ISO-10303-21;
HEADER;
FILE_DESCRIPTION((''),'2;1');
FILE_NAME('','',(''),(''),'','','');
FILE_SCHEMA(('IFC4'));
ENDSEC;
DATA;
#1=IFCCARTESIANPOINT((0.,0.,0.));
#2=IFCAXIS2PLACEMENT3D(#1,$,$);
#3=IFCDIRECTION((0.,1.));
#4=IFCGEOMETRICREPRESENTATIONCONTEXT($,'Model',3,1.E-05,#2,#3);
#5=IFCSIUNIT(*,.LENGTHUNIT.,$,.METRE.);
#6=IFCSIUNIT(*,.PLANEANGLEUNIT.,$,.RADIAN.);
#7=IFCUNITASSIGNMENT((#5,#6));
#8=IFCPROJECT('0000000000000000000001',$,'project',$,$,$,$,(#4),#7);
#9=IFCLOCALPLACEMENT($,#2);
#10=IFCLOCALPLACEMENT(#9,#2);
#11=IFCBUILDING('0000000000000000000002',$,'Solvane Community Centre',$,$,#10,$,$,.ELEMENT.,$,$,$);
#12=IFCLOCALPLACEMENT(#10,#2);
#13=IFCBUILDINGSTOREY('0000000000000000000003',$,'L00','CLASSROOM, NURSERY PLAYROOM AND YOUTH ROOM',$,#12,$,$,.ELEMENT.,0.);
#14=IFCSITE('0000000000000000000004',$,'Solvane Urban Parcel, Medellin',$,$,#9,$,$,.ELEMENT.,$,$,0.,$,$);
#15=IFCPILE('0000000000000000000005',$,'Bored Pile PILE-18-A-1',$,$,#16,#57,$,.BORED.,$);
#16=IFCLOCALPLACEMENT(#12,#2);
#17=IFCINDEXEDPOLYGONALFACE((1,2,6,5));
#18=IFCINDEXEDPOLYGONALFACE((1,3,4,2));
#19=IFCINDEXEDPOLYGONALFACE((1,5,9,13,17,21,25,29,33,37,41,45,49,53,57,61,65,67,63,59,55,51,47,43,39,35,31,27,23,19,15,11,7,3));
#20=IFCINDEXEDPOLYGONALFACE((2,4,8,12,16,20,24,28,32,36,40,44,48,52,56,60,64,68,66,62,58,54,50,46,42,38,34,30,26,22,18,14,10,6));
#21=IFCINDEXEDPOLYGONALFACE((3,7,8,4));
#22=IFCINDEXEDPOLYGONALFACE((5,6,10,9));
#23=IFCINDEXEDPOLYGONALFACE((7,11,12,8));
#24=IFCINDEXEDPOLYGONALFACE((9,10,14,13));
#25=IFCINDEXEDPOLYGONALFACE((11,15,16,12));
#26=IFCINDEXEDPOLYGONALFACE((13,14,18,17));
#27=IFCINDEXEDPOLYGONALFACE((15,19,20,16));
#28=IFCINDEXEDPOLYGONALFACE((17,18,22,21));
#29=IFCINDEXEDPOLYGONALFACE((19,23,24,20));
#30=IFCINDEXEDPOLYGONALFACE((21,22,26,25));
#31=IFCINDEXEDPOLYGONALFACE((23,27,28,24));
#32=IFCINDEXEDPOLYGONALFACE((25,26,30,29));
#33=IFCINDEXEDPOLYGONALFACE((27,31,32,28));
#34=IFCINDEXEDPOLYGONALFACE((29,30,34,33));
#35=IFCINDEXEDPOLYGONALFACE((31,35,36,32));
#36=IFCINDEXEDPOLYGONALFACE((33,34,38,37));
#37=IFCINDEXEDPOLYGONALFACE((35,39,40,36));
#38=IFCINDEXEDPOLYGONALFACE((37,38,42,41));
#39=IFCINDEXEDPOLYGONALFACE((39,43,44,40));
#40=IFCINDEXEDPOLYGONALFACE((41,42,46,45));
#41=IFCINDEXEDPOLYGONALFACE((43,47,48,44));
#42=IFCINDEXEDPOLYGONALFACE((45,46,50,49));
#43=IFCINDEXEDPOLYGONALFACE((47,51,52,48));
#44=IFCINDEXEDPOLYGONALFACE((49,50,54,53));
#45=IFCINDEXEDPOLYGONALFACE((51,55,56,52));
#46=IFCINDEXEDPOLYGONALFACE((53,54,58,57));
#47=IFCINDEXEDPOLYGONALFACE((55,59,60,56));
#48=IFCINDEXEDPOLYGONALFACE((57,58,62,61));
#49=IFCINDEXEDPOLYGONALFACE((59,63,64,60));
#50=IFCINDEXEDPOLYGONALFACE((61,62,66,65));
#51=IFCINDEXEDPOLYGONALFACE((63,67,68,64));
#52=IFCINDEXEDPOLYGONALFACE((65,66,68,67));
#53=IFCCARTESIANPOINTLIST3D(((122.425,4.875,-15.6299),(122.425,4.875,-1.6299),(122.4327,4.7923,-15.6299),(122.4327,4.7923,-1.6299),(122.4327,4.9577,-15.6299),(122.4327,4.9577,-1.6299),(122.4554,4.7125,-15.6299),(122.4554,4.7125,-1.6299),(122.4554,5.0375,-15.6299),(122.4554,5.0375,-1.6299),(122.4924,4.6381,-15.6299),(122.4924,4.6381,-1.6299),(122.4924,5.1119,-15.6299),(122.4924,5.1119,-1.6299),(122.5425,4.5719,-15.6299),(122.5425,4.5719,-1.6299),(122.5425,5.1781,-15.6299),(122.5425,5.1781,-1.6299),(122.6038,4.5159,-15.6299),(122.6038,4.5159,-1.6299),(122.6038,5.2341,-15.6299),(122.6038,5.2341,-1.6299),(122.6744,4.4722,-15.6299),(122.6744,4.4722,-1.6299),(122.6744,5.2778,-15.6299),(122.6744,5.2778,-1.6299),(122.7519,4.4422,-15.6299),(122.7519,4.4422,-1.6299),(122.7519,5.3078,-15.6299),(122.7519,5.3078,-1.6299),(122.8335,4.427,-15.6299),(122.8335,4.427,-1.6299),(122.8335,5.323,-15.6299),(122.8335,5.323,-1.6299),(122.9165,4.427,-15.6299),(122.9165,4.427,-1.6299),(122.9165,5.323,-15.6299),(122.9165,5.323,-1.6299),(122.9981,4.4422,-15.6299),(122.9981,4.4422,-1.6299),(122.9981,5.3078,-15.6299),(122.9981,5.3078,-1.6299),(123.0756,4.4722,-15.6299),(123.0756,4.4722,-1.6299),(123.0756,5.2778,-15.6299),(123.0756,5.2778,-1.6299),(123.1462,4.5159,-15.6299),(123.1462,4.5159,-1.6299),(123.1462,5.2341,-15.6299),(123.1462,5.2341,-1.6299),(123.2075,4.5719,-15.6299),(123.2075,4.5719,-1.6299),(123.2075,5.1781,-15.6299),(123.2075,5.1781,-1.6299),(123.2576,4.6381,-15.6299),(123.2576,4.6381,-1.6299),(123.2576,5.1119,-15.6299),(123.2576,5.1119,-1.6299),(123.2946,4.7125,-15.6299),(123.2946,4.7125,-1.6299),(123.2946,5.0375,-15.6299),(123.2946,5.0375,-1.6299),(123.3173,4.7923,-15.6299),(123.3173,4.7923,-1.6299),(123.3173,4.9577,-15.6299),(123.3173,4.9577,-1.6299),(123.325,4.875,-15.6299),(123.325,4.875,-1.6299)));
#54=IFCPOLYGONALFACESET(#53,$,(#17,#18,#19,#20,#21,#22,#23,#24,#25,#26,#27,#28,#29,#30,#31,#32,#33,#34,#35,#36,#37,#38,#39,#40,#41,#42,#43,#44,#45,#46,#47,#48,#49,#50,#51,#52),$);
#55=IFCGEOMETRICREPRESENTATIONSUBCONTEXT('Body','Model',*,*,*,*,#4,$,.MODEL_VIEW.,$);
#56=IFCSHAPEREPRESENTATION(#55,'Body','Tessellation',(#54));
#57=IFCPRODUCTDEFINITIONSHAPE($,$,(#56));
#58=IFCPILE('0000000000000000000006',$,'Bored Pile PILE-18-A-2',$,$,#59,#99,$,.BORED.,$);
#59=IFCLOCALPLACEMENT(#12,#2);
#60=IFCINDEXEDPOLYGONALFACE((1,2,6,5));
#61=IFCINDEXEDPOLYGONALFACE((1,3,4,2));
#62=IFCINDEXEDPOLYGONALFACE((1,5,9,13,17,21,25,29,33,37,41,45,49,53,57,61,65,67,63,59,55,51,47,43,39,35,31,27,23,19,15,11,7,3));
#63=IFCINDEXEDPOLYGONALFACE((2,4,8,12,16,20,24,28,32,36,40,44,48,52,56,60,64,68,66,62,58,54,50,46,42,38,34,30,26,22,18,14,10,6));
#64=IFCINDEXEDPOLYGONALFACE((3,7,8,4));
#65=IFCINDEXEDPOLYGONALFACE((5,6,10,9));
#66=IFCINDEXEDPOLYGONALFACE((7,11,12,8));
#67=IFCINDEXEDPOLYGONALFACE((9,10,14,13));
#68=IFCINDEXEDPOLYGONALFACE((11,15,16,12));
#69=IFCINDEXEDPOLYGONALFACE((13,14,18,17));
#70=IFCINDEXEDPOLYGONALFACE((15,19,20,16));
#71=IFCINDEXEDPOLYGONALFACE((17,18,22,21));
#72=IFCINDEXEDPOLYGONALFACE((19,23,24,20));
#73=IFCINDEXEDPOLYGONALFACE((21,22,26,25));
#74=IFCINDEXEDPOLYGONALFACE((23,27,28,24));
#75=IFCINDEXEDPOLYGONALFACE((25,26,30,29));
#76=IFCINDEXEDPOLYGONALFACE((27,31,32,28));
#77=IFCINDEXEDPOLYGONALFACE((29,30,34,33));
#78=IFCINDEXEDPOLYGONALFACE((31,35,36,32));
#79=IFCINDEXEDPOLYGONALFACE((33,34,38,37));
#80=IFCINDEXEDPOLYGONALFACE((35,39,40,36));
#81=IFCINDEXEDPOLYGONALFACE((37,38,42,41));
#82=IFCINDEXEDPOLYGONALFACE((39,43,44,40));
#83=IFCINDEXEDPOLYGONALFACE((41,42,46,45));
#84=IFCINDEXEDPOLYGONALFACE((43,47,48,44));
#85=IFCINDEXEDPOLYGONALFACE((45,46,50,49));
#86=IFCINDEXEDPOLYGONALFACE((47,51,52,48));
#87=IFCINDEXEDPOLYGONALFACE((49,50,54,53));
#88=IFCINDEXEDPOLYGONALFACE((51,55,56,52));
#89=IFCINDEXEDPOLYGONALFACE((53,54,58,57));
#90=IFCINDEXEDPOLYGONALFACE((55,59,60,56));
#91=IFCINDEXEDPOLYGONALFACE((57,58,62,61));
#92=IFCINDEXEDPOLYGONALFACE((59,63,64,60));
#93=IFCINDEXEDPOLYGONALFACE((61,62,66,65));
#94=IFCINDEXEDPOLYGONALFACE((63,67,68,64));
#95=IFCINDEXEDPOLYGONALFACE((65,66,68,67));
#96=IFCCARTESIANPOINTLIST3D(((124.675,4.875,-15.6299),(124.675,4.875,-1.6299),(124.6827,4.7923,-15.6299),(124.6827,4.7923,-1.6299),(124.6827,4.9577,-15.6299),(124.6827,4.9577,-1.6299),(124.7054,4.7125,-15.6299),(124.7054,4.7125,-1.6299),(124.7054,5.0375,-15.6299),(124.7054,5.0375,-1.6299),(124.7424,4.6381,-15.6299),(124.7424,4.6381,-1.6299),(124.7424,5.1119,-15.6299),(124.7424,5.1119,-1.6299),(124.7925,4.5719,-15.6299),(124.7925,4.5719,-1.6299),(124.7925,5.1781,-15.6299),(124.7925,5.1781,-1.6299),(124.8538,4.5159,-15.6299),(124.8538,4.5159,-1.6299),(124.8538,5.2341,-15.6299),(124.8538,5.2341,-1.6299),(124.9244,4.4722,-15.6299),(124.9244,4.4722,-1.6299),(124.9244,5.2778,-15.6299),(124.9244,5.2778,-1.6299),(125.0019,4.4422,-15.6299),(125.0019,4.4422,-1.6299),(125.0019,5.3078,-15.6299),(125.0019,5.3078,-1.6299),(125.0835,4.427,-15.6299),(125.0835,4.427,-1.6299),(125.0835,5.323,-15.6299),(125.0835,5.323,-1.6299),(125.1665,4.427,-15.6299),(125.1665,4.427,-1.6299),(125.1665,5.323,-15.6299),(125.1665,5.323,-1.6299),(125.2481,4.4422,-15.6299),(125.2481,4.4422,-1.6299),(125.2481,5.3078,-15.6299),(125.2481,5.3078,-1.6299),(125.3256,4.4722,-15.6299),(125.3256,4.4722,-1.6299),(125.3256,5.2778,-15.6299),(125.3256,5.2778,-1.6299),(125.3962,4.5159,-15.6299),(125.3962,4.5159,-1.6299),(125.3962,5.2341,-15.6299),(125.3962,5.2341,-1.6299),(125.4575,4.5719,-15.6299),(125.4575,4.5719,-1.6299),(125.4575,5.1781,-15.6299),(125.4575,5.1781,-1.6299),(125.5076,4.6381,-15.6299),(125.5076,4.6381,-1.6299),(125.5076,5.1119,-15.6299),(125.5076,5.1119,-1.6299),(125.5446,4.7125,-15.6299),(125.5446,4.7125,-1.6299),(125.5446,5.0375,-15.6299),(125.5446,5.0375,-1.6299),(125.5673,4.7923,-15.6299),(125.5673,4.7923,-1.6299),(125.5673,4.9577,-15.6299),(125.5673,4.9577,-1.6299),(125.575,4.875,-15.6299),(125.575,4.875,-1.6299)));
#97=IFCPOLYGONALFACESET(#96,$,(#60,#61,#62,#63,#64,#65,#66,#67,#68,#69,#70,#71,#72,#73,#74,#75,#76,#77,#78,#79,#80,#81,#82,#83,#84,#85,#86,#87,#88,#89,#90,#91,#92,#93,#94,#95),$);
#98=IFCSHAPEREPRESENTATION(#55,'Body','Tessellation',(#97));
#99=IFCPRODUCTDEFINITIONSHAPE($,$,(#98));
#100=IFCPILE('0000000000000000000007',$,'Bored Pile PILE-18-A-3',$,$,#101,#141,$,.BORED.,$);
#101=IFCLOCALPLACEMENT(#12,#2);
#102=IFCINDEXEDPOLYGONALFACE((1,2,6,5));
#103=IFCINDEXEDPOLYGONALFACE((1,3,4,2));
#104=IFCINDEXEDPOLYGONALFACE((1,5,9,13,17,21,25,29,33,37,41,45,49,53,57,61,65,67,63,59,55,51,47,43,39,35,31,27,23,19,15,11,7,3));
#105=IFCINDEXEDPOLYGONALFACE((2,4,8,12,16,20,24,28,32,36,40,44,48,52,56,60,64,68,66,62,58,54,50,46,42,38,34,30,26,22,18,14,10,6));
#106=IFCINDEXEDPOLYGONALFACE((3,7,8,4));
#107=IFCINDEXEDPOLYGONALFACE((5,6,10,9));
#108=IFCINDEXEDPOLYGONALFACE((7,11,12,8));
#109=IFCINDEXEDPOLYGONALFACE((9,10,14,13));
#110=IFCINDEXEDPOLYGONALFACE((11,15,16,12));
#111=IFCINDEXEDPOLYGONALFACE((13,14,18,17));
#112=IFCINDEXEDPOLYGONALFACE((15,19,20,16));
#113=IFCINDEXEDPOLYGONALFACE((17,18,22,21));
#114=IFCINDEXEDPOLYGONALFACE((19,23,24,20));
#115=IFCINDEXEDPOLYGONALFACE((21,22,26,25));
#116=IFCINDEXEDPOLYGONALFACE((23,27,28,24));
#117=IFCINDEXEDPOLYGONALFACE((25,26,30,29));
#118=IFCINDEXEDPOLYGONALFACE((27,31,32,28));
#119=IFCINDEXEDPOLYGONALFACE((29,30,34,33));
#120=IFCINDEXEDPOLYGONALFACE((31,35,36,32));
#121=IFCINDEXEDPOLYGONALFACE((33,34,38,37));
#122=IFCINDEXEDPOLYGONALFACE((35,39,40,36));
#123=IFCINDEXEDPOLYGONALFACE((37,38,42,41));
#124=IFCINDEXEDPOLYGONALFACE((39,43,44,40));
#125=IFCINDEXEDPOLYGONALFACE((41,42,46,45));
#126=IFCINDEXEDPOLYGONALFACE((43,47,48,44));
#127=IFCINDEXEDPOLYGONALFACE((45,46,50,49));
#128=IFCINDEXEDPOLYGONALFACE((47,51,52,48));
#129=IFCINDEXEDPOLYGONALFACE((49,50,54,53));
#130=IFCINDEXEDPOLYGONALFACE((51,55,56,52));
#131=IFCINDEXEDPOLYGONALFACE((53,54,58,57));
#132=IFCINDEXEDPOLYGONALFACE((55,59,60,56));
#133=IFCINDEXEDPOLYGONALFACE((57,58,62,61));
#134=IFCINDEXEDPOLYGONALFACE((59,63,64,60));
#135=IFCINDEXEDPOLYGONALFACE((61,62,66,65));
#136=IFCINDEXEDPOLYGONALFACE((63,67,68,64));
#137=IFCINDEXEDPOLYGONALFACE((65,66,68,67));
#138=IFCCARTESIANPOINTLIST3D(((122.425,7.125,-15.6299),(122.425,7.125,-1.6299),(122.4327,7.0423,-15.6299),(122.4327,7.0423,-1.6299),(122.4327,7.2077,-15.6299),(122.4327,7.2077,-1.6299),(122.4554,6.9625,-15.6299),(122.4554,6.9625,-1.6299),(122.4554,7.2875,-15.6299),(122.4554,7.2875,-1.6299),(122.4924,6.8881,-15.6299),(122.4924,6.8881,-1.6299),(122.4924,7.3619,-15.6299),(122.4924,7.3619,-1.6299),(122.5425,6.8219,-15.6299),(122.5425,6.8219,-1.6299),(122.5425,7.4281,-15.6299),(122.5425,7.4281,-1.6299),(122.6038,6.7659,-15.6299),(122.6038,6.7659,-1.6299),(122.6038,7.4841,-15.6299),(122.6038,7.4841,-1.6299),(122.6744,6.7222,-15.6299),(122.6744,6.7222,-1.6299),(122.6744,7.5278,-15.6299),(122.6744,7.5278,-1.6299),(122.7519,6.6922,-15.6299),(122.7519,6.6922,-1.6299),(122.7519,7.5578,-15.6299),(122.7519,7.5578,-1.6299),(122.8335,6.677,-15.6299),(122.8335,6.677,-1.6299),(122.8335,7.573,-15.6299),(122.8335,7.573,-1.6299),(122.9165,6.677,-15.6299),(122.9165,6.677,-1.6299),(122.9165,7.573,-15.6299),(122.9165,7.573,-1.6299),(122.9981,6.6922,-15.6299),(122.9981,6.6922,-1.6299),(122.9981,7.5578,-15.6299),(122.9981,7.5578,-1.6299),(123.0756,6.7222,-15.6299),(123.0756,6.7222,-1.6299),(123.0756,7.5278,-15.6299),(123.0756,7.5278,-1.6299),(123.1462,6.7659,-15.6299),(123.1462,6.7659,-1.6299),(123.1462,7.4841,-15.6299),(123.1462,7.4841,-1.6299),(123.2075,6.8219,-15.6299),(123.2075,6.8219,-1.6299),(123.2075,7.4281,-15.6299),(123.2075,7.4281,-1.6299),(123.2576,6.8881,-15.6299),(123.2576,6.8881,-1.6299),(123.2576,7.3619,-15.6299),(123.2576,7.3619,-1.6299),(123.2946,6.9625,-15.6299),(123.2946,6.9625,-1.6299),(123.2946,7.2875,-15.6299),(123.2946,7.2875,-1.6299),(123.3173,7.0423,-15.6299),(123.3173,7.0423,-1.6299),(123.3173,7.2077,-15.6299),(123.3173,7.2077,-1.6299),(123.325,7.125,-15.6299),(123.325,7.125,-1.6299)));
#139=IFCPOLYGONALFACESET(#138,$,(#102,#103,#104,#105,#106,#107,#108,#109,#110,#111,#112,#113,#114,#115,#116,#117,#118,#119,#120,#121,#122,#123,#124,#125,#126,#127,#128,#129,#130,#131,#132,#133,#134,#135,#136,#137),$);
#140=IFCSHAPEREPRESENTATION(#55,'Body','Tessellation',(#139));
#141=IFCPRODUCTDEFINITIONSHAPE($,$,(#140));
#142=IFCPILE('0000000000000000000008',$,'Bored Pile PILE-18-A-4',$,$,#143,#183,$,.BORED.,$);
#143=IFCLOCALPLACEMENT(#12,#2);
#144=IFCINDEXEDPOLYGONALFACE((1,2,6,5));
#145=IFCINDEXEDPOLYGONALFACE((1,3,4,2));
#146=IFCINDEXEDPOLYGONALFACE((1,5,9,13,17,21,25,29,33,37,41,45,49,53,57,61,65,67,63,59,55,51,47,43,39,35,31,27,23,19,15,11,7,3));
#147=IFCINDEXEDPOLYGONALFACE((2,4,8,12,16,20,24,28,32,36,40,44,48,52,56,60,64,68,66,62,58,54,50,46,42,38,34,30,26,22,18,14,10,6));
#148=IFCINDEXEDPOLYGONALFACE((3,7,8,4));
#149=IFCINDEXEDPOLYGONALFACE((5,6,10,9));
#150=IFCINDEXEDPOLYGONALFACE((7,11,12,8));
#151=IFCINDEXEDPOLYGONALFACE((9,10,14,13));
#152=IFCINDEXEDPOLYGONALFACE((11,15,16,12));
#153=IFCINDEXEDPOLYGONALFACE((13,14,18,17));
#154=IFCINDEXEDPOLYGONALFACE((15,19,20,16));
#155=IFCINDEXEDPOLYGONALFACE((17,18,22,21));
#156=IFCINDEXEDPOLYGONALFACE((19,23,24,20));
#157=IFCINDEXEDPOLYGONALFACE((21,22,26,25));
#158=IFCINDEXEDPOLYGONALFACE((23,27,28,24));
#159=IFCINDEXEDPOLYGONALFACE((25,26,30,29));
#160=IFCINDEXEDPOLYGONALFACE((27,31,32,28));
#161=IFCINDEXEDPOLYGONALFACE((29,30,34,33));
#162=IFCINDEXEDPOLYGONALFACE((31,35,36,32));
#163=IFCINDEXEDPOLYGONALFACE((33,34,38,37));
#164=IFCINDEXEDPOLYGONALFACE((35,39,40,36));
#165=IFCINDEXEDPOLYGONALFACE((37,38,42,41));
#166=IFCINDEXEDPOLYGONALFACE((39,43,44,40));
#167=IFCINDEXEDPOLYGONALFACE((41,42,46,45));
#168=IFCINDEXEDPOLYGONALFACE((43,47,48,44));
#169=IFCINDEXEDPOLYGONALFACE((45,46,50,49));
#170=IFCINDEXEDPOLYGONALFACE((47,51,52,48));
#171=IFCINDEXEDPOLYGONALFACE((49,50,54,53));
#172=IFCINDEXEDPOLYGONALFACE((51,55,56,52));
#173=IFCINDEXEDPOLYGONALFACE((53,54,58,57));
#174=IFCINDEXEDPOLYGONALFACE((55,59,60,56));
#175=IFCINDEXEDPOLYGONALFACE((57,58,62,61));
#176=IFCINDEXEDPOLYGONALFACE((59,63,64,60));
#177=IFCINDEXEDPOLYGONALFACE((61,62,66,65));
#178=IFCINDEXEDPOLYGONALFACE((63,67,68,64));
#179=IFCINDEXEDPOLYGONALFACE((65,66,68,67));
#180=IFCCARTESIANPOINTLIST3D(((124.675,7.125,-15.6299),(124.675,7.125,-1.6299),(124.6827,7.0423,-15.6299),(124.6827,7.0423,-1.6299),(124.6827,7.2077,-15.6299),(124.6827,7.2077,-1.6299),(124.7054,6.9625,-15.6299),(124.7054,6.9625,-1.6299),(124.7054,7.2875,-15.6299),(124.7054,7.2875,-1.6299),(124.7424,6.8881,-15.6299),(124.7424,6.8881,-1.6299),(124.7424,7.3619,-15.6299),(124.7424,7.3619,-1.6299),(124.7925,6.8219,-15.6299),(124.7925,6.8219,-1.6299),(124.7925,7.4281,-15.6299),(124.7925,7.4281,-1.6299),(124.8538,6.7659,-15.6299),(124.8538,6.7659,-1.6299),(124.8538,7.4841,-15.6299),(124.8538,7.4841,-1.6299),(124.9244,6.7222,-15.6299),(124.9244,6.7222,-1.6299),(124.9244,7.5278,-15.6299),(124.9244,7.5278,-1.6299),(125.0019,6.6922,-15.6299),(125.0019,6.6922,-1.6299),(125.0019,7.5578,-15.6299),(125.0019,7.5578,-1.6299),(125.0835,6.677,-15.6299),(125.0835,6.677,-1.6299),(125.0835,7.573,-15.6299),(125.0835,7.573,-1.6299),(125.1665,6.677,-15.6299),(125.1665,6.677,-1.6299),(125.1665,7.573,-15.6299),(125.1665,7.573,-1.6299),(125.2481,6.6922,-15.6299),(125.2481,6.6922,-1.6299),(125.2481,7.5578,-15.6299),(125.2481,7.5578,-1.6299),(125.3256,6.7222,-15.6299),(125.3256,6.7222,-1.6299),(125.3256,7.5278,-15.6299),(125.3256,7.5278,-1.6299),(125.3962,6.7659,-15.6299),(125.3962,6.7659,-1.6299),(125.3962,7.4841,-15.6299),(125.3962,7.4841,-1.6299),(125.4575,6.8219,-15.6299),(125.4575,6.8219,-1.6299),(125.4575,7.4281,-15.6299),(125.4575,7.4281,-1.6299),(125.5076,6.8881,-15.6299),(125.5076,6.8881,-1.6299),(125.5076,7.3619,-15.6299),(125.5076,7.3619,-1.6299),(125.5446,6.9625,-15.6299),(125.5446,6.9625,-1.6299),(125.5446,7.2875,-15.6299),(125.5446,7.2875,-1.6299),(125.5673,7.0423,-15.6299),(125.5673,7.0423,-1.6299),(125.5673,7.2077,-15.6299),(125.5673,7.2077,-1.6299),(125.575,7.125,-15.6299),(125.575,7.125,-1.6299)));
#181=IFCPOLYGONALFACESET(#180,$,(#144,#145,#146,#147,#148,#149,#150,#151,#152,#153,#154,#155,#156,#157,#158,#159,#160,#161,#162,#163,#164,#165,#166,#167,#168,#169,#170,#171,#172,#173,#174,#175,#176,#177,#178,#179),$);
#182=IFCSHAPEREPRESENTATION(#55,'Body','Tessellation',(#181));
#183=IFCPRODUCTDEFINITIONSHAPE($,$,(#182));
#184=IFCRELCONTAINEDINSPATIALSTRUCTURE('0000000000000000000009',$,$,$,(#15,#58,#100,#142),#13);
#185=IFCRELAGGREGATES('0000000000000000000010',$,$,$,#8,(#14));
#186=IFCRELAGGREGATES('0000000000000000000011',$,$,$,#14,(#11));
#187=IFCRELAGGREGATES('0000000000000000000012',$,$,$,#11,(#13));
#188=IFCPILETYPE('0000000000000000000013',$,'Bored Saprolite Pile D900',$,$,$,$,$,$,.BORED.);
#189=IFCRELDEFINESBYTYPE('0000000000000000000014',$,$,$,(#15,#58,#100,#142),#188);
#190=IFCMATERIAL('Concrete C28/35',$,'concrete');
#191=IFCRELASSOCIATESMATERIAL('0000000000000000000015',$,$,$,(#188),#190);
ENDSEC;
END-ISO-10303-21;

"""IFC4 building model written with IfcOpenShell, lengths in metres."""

from ifc_helpers import new_model, si_unit, direction, frame, origin, origin_2d, place, context, subcontext, project, spatial, circle, extrude, material, material_profile, profile_set, type_object, element, save


model = new_model("IFC4")

# Units and contexts
model_context = context("Model", 3, precision=1e-05, world=origin(), true_north=direction((0.0, 1.0)))
body_context = subcontext(model_context, "Body", "Model", "MODEL_VIEW")
ifc_project = project(units=[si_unit("LENGTHUNIT", "METRE"), si_unit("PLANEANGLEUNIT", "RADIAN")], contexts=[model_context])

# Site, building, storey
site_placement = place(None, origin())
site = spatial("IfcSite", under=ifc_project, at=site_placement, Name="Solvane Urban Parcel, Medellin", CompositionType="ELEMENT", RefElevation=0.0)
building_placement = place(site_placement, origin())
building = spatial("IfcBuilding", under=site, at=building_placement, Name="Solvane Community Centre", CompositionType="ELEMENT")
storey_placement = place(building_placement, origin())
storey = spatial("IfcBuildingStorey", under=building, at=storey_placement, Name="L00", Description="CLASSROOM, NURSERY PLAYROOM AND YOUTH ROOM", CompositionType="ELEMENT", Elevation=0.0)

# Piles
ifc_material_1 = material(Name="Concrete C28/35", Category="concrete")
ifc_material_profile_1 = material_profile(ifc_material_1, circle(Radius=0.45, at=origin_2d()), Name="PILE D900")
ifc_profile_set_1 = profile_set([ifc_material_profile_1], Name="Concrete C28/35")
pile_type = type_object("IfcPileType", Name="Bored Saprolite Pile D900", PredefinedType="BORED", material=ifc_profile_set_1)
for number, where, z_axis, x_axis, name in (
    (1, (122.875, 4.875, -1.6299), (0.0, 0.0, -1.0), (1.0, 0.0, 0.0), "Bored Pile PILE-18-A-1"),
    (2, (125.125, 4.875, -1.6299), (0.0, 0.0, -1.0), (1.0, 0.0, 0.0), "Bored Pile PILE-18-A-2"),
    (3, (122.875, 7.125, -1.6299), (0.0, 0.0, -1.0), (1.0, 0.0, 0.0), "Bored Pile PILE-18-A-3"),
    (4, (125.125, 7.125, -1.6299), (0.0, 0.0, -1.0), (1.0, 0.0, 0.0), "Bored Pile PILE-18-A-4"),
):
    element("IfcPile", number, at=place(storey_placement, frame(where, z_axis=z_axis, x_axis=x_axis)), inside=storey, type_object=pile_type, Name=name, PredefinedType="BORED", context=body_context, shape_type="SweptSolid", body=[
        extrude(circle(Radius=0.45, at=origin_2d()), origin(), (0.0, 0.0, 1.0), 14.0),
    ])

save(model, "model.ifc")
